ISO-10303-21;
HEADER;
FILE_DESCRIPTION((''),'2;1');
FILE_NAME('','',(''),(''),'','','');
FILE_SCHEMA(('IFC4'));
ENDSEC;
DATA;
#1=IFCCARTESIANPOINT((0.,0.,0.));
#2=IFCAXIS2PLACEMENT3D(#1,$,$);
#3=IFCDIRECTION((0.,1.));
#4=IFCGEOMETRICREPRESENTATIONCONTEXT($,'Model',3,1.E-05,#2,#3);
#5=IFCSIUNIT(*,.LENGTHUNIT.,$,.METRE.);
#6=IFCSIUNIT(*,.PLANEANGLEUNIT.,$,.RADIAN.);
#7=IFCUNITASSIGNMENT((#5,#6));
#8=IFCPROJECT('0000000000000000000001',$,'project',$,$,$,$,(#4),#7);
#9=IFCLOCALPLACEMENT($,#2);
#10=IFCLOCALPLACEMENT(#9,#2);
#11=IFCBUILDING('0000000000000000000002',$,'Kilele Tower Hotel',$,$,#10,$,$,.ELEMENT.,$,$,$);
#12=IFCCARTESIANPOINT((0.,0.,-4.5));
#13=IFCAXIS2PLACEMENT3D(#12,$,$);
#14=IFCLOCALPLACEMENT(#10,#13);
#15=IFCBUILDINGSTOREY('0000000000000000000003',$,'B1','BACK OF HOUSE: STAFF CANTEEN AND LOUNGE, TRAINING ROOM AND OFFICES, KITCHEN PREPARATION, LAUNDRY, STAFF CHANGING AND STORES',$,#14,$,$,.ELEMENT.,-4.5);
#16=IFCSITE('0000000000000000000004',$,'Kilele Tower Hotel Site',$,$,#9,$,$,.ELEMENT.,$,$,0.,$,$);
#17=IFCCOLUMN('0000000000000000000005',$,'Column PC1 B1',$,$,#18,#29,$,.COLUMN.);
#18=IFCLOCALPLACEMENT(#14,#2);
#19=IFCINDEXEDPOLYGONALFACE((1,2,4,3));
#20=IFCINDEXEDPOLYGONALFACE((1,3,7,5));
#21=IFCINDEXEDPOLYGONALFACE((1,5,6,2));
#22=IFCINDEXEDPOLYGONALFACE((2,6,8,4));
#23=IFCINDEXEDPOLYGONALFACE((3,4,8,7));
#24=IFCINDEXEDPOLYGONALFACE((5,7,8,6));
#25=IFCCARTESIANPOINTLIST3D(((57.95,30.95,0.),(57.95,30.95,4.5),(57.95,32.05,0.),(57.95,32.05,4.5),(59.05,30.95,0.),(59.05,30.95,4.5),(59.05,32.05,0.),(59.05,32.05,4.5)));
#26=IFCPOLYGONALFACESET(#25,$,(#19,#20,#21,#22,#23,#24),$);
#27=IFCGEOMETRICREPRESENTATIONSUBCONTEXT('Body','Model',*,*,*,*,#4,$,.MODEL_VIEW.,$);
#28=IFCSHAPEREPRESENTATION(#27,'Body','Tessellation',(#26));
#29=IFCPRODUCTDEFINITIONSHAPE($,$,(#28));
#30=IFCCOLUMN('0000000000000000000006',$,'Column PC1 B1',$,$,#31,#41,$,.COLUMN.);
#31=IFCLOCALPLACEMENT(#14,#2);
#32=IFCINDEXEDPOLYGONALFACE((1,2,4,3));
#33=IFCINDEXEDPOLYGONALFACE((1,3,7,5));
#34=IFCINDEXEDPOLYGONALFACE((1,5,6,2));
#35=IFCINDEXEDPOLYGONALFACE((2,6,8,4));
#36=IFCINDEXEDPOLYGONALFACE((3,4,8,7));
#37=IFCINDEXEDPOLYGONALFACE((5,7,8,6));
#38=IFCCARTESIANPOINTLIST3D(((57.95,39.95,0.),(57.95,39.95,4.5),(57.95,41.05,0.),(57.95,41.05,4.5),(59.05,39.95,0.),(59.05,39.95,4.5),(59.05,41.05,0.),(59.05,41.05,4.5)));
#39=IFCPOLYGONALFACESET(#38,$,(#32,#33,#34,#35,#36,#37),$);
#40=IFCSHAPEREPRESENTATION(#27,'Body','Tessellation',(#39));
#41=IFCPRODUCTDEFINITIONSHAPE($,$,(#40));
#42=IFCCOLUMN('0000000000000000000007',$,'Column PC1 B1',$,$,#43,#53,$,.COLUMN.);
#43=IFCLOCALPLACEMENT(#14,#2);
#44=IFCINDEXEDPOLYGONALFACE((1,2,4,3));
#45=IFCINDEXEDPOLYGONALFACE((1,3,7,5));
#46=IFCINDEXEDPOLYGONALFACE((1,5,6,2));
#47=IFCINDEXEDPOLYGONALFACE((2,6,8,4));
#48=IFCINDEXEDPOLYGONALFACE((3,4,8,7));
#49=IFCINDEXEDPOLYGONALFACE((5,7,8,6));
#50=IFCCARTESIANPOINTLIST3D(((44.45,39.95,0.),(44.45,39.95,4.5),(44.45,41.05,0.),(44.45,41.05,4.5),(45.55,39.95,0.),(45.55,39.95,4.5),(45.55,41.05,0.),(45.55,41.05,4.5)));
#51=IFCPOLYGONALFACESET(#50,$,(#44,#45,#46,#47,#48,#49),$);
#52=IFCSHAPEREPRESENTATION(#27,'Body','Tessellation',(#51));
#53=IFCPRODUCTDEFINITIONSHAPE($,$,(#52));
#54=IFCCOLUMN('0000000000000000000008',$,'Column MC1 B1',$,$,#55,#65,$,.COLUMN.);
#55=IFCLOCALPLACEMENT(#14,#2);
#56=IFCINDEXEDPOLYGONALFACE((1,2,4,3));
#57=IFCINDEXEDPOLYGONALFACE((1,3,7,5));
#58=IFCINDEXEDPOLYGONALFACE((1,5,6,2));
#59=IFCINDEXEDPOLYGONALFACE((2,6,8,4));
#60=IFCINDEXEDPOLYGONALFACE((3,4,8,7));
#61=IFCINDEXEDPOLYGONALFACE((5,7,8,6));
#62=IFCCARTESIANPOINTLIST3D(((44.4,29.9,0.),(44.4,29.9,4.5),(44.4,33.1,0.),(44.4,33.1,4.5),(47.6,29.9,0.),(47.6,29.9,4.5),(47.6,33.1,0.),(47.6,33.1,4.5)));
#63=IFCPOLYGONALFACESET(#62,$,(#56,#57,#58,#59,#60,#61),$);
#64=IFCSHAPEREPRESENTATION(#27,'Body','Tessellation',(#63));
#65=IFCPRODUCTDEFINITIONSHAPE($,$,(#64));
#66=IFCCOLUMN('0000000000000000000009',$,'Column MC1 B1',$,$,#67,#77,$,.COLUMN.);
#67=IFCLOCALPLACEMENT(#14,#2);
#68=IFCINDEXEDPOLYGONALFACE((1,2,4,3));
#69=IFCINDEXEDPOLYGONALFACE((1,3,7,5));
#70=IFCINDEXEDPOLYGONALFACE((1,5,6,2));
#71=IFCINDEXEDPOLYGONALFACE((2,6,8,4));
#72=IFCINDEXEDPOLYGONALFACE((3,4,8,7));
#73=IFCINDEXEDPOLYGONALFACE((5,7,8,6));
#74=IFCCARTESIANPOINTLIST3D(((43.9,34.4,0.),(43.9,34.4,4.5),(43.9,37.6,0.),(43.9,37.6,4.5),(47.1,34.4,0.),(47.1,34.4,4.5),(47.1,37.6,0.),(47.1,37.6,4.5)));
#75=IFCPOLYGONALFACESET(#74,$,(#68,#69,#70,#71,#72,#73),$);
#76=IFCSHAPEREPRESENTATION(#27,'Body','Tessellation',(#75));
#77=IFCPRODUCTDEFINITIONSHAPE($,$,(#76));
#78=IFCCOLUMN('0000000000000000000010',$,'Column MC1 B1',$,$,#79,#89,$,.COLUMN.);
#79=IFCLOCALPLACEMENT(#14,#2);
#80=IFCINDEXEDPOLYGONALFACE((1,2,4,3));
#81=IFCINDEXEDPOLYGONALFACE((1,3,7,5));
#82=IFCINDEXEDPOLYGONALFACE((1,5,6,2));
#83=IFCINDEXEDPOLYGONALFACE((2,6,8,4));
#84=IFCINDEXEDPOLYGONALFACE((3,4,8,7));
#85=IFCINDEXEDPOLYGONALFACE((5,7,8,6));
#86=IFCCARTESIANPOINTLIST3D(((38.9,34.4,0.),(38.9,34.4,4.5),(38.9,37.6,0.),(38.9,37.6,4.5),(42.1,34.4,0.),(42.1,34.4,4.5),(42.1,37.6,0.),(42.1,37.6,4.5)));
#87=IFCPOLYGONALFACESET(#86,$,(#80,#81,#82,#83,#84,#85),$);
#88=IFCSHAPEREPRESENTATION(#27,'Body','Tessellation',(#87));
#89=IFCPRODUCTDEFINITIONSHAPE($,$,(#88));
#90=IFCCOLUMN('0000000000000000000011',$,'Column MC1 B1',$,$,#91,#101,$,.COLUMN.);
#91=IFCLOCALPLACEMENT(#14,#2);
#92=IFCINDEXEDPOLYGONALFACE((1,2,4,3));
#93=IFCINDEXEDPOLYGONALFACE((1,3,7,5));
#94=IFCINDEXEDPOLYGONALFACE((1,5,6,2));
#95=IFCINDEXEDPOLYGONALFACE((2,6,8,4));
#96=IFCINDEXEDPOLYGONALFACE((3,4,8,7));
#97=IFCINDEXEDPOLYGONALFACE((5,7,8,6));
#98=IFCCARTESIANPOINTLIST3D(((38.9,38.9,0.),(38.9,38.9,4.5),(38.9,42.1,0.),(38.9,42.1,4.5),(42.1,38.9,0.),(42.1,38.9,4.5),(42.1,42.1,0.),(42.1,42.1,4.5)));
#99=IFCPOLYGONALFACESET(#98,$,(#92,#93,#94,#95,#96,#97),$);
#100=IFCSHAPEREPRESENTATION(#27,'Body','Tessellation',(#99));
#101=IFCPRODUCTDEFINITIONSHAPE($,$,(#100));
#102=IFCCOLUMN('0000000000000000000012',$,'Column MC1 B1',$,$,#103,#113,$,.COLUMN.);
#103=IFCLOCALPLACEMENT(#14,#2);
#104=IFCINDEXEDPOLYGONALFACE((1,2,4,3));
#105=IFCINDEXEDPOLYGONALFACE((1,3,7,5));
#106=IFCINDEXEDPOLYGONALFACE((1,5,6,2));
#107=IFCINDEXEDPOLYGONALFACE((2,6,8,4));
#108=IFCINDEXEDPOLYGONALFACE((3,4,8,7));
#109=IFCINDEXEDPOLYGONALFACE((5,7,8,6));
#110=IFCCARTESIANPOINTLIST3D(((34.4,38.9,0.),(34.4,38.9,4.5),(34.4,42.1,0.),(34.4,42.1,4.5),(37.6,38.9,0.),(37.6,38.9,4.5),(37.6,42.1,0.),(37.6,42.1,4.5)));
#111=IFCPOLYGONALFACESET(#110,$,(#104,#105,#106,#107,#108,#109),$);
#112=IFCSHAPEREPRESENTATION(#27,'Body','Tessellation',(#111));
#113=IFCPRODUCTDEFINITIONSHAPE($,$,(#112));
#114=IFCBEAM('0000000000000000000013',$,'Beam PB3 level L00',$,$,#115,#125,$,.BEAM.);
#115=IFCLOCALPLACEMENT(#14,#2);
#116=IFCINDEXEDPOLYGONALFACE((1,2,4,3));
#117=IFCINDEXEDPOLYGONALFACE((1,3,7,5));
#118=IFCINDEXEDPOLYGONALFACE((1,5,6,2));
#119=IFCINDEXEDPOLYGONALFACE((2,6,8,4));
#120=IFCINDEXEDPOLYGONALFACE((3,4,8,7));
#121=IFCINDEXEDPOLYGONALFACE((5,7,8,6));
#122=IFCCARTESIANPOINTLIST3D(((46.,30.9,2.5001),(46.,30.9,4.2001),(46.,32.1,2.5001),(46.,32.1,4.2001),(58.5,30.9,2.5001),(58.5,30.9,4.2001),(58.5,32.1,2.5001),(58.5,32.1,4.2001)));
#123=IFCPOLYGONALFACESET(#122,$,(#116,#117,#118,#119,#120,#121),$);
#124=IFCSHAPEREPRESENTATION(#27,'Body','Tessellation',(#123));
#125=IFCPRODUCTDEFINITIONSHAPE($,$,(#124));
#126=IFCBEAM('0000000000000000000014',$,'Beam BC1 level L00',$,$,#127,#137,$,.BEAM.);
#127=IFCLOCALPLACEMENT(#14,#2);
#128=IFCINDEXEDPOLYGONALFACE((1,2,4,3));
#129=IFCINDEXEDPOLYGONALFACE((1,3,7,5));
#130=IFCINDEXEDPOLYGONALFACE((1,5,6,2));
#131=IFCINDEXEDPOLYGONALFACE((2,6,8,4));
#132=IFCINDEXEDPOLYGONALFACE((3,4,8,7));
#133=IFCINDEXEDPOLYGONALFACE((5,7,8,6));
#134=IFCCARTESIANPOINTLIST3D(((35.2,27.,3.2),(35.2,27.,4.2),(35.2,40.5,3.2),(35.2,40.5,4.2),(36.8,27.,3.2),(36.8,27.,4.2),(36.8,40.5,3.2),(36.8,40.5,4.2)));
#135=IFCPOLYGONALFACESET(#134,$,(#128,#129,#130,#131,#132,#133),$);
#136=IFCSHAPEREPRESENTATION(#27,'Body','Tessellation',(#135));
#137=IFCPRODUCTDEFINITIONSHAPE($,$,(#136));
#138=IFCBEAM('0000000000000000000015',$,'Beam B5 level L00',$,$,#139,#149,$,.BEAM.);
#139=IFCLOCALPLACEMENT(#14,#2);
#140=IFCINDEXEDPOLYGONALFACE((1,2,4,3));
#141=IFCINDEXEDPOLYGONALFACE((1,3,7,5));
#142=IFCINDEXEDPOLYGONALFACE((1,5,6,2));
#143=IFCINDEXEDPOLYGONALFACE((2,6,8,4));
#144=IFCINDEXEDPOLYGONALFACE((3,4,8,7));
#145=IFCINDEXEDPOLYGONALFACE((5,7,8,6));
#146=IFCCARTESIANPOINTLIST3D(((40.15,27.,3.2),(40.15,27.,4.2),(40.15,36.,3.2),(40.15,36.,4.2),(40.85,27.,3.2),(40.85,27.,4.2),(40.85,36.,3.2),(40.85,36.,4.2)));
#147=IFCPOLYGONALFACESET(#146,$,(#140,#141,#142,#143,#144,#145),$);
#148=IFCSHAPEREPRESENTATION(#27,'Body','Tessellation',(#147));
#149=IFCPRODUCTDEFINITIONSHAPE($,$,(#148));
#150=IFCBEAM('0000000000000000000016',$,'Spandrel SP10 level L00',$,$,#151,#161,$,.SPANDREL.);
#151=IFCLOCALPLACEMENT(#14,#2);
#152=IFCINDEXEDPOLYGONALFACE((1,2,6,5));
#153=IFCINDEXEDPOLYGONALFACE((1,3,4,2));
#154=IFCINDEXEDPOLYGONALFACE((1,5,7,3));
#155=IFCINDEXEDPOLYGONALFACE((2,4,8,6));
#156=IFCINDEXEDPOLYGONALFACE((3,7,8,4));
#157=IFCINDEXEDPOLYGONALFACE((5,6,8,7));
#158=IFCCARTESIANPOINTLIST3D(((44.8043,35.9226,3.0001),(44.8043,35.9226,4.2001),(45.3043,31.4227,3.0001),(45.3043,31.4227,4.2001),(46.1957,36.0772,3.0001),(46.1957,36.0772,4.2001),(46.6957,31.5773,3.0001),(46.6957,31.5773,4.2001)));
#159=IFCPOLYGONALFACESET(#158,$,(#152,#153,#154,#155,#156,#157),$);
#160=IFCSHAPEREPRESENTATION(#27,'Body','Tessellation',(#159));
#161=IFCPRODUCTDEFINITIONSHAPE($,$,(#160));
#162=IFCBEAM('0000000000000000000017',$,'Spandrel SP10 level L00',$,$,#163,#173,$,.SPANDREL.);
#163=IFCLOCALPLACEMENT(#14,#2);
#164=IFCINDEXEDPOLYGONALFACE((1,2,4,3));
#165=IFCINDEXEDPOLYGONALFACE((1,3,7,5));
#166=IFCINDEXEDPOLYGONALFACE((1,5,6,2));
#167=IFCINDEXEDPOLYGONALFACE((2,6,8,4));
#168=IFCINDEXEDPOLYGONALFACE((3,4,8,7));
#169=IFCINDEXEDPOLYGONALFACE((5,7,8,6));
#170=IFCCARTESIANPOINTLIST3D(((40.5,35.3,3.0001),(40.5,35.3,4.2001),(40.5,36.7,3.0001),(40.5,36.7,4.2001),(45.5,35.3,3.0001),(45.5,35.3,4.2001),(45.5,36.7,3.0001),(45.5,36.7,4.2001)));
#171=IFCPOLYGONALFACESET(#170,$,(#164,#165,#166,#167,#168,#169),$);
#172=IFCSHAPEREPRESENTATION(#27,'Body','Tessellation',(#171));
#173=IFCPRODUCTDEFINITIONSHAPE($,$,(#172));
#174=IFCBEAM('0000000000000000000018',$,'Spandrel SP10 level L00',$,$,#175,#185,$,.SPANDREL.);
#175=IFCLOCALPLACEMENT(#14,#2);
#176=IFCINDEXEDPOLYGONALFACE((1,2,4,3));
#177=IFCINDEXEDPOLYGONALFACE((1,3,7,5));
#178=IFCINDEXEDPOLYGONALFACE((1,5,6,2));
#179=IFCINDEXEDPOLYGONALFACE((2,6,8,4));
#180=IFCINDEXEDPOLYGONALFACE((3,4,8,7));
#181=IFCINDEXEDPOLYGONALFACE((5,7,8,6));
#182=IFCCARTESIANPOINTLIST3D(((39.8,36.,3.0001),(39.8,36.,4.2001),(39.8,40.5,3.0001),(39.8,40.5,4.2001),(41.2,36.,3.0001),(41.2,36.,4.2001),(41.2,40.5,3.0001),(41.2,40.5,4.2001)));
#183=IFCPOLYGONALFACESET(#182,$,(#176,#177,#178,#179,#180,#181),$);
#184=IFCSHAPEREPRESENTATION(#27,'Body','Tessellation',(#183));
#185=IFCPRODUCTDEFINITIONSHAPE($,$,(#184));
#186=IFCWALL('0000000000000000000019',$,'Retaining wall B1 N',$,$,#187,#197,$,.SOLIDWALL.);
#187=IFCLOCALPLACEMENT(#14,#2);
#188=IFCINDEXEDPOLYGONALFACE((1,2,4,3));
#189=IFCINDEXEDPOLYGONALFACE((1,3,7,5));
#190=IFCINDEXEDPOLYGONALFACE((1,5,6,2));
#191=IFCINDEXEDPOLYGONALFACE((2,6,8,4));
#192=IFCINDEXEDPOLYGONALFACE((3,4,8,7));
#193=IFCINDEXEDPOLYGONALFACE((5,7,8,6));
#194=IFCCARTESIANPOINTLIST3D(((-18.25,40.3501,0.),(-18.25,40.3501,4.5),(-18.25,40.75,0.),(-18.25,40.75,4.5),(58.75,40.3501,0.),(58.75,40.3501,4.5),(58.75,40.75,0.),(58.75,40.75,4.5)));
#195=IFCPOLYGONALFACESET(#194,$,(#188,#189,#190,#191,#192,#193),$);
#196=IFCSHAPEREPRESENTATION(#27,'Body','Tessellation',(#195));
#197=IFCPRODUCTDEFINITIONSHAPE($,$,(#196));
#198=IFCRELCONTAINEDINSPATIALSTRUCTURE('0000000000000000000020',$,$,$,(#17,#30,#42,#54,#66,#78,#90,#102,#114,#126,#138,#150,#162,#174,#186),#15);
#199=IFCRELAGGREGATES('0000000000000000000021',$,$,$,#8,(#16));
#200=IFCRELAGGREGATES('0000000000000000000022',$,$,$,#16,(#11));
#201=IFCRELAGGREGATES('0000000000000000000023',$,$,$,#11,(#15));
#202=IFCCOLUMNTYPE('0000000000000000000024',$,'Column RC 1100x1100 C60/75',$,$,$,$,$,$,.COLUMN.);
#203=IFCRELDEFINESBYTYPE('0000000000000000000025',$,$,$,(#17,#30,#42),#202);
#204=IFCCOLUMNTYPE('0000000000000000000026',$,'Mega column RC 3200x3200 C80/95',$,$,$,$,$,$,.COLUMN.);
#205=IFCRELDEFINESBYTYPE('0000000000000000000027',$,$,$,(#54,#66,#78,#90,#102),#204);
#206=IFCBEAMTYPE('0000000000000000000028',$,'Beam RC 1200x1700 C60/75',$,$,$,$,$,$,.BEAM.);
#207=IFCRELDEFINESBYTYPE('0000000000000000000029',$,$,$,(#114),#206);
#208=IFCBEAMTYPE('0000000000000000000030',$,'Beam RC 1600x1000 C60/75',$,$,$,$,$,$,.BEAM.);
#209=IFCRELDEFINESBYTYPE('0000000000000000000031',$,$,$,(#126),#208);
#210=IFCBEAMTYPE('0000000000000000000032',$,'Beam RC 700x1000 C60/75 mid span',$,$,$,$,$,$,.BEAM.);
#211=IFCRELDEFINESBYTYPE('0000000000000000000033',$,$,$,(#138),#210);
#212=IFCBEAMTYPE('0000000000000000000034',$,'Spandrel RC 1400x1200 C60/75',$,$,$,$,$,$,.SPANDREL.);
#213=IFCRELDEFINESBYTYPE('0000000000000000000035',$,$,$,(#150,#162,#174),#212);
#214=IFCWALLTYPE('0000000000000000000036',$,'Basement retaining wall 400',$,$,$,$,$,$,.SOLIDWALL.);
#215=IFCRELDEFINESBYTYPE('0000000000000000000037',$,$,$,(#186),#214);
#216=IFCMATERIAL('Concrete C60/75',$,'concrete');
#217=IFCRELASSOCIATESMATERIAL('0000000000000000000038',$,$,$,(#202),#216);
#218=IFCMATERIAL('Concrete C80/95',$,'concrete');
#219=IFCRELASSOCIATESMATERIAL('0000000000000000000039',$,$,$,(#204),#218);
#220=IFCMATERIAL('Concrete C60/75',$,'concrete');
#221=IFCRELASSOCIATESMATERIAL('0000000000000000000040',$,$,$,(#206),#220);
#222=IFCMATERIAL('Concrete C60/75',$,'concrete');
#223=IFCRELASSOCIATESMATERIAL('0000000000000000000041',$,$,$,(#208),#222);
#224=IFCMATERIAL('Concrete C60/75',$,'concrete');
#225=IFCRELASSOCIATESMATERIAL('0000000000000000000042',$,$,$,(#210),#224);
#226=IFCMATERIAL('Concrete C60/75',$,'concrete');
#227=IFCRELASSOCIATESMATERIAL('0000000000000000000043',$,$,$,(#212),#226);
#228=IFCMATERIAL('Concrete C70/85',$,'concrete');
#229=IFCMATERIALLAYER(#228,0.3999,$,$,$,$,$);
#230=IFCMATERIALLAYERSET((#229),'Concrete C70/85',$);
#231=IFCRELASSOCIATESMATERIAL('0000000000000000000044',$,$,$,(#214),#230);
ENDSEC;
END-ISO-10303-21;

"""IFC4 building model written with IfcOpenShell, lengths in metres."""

from ifc_helpers import new_model, si_unit, direction, frame, frame_2d, origin, origin_2d, place, context, subcontext, project, spatial, rectangle, extrude, material, layer, layer_set, material_profile, profile_set, type_object, element, save


model = new_model("IFC4")

# Units and contexts
model_context = context("Model", 3, precision=1e-05, world=origin(), true_north=direction((0.0, 1.0)))
body_context = subcontext(model_context, "Body", "Model", "MODEL_VIEW")
ifc_project = project(units=[si_unit("LENGTHUNIT", "METRE"), si_unit("PLANEANGLEUNIT", "RADIAN")], contexts=[model_context])

# Site, building, storey
site_placement = place(None, origin())
site = spatial("IfcSite", under=ifc_project, at=site_placement, Name="Kilele Tower Hotel Site", CompositionType="ELEMENT", RefElevation=0.0)
building_placement = place(site_placement, origin())
building = spatial("IfcBuilding", under=site, at=building_placement, Name="Kilele Tower Hotel", CompositionType="ELEMENT")
storey_placement = place(building_placement, frame((0.0, 0.0, -4.5)))
storey = spatial("IfcBuildingStorey", under=building, at=storey_placement, Name="B1", Description="BACK OF HOUSE: STAFF CANTEEN AND LOUNGE, TRAINING ROOM AND OFFICES, KITCHEN PREPARATION, LAUNDRY, STAFF CHANGING AND STORES", CompositionType="ELEMENT", Elevation=-4.5)

# Columns
ifc_material_1 = material(Name="Concrete C60/75", Category="concrete")
ifc_material_profile_1 = material_profile(ifc_material_1, rectangle(XDim=1.1001, YDim=1.1001, at=origin_2d()))
ifc_profile_set_1 = profile_set([ifc_material_profile_1], Name="Concrete C60/75")
column_type_1 = type_object("IfcColumnType", Name="Column RC 1100x1100 C60/75", PredefinedType="COLUMN", material=ifc_profile_set_1)
for number, where, z_axis, x_axis, name in (
    (1, (58.5, 31.5, 0.0), (0.0, 0.0, 1.0), (1.0, 0.0, 0.0), "Column PC1 B1"),
    (2, (58.5, 40.5, 0.0), (0.0, 0.0, 1.0), (1.0, 0.0, 0.0), "Column PC1 B1"),
    (3, (45.0, 40.5, 0.0), (0.0, 0.0, 1.0), (1.0, 0.0, 0.0), "Column PC1 B1"),
):
    element("IfcColumn", number, at=place(storey_placement, frame(where, z_axis=z_axis, x_axis=x_axis)), inside=storey, type_object=column_type_1, Name=name, PredefinedType="COLUMN", context=body_context, shape_type="SweptSolid", body=[
        extrude(rectangle(XDim=1.1001, YDim=1.1001, at=origin_2d()), origin(), (0.0, 0.0, 1.0), 4.5),
    ])
ifc_material_2 = material(Name="Concrete C80/95", Category="concrete")
ifc_material_profile_2 = material_profile(ifc_material_2, rectangle(XDim=3.2, YDim=3.2, at=origin_2d()))
ifc_profile_set_2 = profile_set([ifc_material_profile_2], Name="Concrete C80/95")
column_type_2 = type_object("IfcColumnType", Name="Mega column RC 3200x3200 C80/95", PredefinedType="COLUMN", material=ifc_profile_set_2)
for number, where, z_axis, x_axis, name in (
    (4, (46.0, 31.5, 0.0), (0.0, 0.0, 1.0), (1.0, 0.0, 0.0), "Column MC1 B1"),
    (5, (45.5, 36.0, 0.0), (0.0, 0.0, 1.0), (1.0, 0.0, 0.0), "Column MC1 B1"),
    (6, (40.5, 36.0, 0.0), (0.0, 0.0, 1.0), (1.0, 0.0, 0.0), "Column MC1 B1"),
    (7, (40.5, 40.5, 0.0), (0.0, 0.0, 1.0), (1.0, 0.0, 0.0), "Column MC1 B1"),
    (8, (36.0, 40.5, 0.0), (0.0, 0.0, 1.0), (1.0, 0.0, 0.0), "Column MC1 B1"),
):
    element("IfcColumn", number, at=place(storey_placement, frame(where, z_axis=z_axis, x_axis=x_axis)), inside=storey, type_object=column_type_2, Name=name, PredefinedType="COLUMN", context=body_context, shape_type="SweptSolid", body=[
        extrude(rectangle(XDim=3.2, YDim=3.2, at=origin_2d()), origin(), (0.0, 0.0, 1.0), 4.5),
    ])

# Beams
ifc_material_3 = material(Name="Concrete C60/75", Category="concrete")
ifc_material_profile_3 = material_profile(ifc_material_3, rectangle(XDim=1.2, YDim=1.7, at=origin_2d()))
ifc_profile_set_3 = profile_set([ifc_material_profile_3], Name="Concrete C60/75")
beam_type_1 = type_object("IfcBeamType", Name="Beam RC 1200x1700 C60/75", PredefinedType="BEAM", material=ifc_profile_set_3)
beam_1_placement = place(storey_placement, frame((46.0, 31.5, 3.3501), z_axis=(1.0, 0.0, 0.0), x_axis=(0.0, 1.0, 0.0)))
element("IfcBeam", 9, at=beam_1_placement, inside=storey, type_object=beam_type_1, Name="Beam PB3 level L00", PredefinedType="BEAM", context=body_context, shape_type="SweptSolid", body=[
    extrude(rectangle(XDim=1.2, YDim=1.7, at=origin_2d()), origin(), (0.0, 0.0, 1.0), 12.5),
])
ifc_material_4 = material(Name="Concrete C60/75", Category="concrete")
ifc_material_profile_4 = material_profile(ifc_material_4, rectangle(XDim=1.6001, YDim=1.0, at=origin_2d()))
ifc_profile_set_4 = profile_set([ifc_material_profile_4], Name="Concrete C60/75")
beam_type_2 = type_object("IfcBeamType", Name="Beam RC 1600x1000 C60/75", PredefinedType="BEAM", material=ifc_profile_set_4)
beam_2_placement = place(storey_placement, frame((36.0, 40.5, 3.7), z_axis=(0.0, -1.0, 0.0), x_axis=(1.0, 0.0, 0.0)))
element("IfcBeam", 10, at=beam_2_placement, inside=storey, type_object=beam_type_2, Name="Beam BC1 level L00", PredefinedType="BEAM", context=body_context, shape_type="SweptSolid", body=[
    extrude(rectangle(XDim=1.6001, YDim=1.0, at=origin_2d()), origin(), (0.0, 0.0, 1.0), 13.5),
])
ifc_material_5 = material(Name="Concrete C60/75", Category="concrete")
ifc_material_profile_5 = material_profile(ifc_material_5, rectangle(XDim=0.7, YDim=1.0, at=origin_2d()))
ifc_profile_set_5 = profile_set([ifc_material_profile_5], Name="Concrete C60/75")
beam_type_3 = type_object("IfcBeamType", Name="Beam RC 700x1000 C60/75 mid span", PredefinedType="BEAM", material=ifc_profile_set_5)
beam_3_placement = place(storey_placement, frame((40.5, 36.0, 3.7), z_axis=(0.0, -1.0, 0.0), x_axis=(1.0, 0.0, 0.0)))
element("IfcBeam", 11, at=beam_3_placement, inside=storey, type_object=beam_type_3, Name="Beam B5 level L00", PredefinedType="BEAM", context=body_context, shape_type="SweptSolid", body=[
    extrude(rectangle(XDim=0.7, YDim=1.0, at=origin_2d()), origin(), (0.0, 0.0, 1.0), 9.0),
])
ifc_material_6 = material(Name="Concrete C60/75", Category="concrete")
ifc_material_profile_6 = material_profile(ifc_material_6, rectangle(XDim=1.3999, YDim=1.2, at=origin_2d()))
ifc_profile_set_6 = profile_set([ifc_material_profile_6], Name="Concrete C60/75")
beam_type_4 = type_object("IfcBeamType", Name="Spandrel RC 1400x1200 C60/75", PredefinedType="SPANDREL", material=ifc_profile_set_6)
beam_4_placement = place(storey_placement, frame((46.0, 31.5, 3.6001), z_axis=(-0.110432, 0.993884, 0.0), x_axis=(-0.993884, -0.110432, 0.0)))
element("IfcBeam", 12, at=beam_4_placement, inside=storey, type_object=beam_type_4, Name="Spandrel SP10 level L00", PredefinedType="SPANDREL", context=body_context, shape_type="SweptSolid", body=[
    extrude(rectangle(XDim=1.3999, YDim=1.2, at=origin_2d()), origin(), (0.0, 0.0, 1.0), 4.5276),
])
beam_5_placement = place(storey_placement, frame((45.5, 36.0, 3.6001), z_axis=(-1.0, 0.0, 0.0), x_axis=(0.0, -1.0, 0.0)))
element("IfcBeam", 13, at=beam_5_placement, inside=storey, type_object=beam_type_4, Name="Spandrel SP10 level L00", PredefinedType="SPANDREL", context=body_context, shape_type="SweptSolid", body=[
    extrude(rectangle(XDim=1.3999, YDim=1.2, at=origin_2d()), origin(), (0.0, 0.0, 1.0), 5.0),
])
beam_6_placement = place(storey_placement, frame((40.5, 36.0, 3.6001), z_axis=(0.0, 1.0, 0.0), x_axis=(-1.0, 0.0, 0.0)))
element("IfcBeam", 14, at=beam_6_placement, inside=storey, type_object=beam_type_4, Name="Spandrel SP10 level L00", PredefinedType="SPANDREL", context=body_context, shape_type="SweptSolid", body=[
    extrude(rectangle(XDim=1.3999, YDim=1.2, at=origin_2d()), origin(), (0.0, 0.0, 1.0), 4.5),
])

# Wall
ifc_material_7 = material(Name="Concrete C70/85", Category="concrete")
ifc_layer_1 = layer(ifc_material_7, 0.3999)
ifc_layer_set_1 = layer_set([ifc_layer_1], Name="Concrete C70/85")
wall_type_1 = type_object("IfcWallType", Name="Basement retaining wall 400", PredefinedType="SOLIDWALL", material=ifc_layer_set_1)
wall_1_placement = place(storey_placement, frame((58.75, 40.55, 0.0), z_axis=(0.0, 0.0, 1.0), x_axis=(-1.0, 0.0, 0.0)))
element("IfcWall", 15, at=wall_1_placement, inside=storey, type_object=wall_type_1, Name="Retaining wall B1 N", PredefinedType="SOLIDWALL", context=body_context, shape_type="SweptSolid", body=[
    extrude(rectangle(XDim=77.0, YDim=0.3999, at=frame_2d((38.5, 0.0))), origin(), (0.0, 0.0, 1.0), 4.5),
])

save(model, "model.ifc")
